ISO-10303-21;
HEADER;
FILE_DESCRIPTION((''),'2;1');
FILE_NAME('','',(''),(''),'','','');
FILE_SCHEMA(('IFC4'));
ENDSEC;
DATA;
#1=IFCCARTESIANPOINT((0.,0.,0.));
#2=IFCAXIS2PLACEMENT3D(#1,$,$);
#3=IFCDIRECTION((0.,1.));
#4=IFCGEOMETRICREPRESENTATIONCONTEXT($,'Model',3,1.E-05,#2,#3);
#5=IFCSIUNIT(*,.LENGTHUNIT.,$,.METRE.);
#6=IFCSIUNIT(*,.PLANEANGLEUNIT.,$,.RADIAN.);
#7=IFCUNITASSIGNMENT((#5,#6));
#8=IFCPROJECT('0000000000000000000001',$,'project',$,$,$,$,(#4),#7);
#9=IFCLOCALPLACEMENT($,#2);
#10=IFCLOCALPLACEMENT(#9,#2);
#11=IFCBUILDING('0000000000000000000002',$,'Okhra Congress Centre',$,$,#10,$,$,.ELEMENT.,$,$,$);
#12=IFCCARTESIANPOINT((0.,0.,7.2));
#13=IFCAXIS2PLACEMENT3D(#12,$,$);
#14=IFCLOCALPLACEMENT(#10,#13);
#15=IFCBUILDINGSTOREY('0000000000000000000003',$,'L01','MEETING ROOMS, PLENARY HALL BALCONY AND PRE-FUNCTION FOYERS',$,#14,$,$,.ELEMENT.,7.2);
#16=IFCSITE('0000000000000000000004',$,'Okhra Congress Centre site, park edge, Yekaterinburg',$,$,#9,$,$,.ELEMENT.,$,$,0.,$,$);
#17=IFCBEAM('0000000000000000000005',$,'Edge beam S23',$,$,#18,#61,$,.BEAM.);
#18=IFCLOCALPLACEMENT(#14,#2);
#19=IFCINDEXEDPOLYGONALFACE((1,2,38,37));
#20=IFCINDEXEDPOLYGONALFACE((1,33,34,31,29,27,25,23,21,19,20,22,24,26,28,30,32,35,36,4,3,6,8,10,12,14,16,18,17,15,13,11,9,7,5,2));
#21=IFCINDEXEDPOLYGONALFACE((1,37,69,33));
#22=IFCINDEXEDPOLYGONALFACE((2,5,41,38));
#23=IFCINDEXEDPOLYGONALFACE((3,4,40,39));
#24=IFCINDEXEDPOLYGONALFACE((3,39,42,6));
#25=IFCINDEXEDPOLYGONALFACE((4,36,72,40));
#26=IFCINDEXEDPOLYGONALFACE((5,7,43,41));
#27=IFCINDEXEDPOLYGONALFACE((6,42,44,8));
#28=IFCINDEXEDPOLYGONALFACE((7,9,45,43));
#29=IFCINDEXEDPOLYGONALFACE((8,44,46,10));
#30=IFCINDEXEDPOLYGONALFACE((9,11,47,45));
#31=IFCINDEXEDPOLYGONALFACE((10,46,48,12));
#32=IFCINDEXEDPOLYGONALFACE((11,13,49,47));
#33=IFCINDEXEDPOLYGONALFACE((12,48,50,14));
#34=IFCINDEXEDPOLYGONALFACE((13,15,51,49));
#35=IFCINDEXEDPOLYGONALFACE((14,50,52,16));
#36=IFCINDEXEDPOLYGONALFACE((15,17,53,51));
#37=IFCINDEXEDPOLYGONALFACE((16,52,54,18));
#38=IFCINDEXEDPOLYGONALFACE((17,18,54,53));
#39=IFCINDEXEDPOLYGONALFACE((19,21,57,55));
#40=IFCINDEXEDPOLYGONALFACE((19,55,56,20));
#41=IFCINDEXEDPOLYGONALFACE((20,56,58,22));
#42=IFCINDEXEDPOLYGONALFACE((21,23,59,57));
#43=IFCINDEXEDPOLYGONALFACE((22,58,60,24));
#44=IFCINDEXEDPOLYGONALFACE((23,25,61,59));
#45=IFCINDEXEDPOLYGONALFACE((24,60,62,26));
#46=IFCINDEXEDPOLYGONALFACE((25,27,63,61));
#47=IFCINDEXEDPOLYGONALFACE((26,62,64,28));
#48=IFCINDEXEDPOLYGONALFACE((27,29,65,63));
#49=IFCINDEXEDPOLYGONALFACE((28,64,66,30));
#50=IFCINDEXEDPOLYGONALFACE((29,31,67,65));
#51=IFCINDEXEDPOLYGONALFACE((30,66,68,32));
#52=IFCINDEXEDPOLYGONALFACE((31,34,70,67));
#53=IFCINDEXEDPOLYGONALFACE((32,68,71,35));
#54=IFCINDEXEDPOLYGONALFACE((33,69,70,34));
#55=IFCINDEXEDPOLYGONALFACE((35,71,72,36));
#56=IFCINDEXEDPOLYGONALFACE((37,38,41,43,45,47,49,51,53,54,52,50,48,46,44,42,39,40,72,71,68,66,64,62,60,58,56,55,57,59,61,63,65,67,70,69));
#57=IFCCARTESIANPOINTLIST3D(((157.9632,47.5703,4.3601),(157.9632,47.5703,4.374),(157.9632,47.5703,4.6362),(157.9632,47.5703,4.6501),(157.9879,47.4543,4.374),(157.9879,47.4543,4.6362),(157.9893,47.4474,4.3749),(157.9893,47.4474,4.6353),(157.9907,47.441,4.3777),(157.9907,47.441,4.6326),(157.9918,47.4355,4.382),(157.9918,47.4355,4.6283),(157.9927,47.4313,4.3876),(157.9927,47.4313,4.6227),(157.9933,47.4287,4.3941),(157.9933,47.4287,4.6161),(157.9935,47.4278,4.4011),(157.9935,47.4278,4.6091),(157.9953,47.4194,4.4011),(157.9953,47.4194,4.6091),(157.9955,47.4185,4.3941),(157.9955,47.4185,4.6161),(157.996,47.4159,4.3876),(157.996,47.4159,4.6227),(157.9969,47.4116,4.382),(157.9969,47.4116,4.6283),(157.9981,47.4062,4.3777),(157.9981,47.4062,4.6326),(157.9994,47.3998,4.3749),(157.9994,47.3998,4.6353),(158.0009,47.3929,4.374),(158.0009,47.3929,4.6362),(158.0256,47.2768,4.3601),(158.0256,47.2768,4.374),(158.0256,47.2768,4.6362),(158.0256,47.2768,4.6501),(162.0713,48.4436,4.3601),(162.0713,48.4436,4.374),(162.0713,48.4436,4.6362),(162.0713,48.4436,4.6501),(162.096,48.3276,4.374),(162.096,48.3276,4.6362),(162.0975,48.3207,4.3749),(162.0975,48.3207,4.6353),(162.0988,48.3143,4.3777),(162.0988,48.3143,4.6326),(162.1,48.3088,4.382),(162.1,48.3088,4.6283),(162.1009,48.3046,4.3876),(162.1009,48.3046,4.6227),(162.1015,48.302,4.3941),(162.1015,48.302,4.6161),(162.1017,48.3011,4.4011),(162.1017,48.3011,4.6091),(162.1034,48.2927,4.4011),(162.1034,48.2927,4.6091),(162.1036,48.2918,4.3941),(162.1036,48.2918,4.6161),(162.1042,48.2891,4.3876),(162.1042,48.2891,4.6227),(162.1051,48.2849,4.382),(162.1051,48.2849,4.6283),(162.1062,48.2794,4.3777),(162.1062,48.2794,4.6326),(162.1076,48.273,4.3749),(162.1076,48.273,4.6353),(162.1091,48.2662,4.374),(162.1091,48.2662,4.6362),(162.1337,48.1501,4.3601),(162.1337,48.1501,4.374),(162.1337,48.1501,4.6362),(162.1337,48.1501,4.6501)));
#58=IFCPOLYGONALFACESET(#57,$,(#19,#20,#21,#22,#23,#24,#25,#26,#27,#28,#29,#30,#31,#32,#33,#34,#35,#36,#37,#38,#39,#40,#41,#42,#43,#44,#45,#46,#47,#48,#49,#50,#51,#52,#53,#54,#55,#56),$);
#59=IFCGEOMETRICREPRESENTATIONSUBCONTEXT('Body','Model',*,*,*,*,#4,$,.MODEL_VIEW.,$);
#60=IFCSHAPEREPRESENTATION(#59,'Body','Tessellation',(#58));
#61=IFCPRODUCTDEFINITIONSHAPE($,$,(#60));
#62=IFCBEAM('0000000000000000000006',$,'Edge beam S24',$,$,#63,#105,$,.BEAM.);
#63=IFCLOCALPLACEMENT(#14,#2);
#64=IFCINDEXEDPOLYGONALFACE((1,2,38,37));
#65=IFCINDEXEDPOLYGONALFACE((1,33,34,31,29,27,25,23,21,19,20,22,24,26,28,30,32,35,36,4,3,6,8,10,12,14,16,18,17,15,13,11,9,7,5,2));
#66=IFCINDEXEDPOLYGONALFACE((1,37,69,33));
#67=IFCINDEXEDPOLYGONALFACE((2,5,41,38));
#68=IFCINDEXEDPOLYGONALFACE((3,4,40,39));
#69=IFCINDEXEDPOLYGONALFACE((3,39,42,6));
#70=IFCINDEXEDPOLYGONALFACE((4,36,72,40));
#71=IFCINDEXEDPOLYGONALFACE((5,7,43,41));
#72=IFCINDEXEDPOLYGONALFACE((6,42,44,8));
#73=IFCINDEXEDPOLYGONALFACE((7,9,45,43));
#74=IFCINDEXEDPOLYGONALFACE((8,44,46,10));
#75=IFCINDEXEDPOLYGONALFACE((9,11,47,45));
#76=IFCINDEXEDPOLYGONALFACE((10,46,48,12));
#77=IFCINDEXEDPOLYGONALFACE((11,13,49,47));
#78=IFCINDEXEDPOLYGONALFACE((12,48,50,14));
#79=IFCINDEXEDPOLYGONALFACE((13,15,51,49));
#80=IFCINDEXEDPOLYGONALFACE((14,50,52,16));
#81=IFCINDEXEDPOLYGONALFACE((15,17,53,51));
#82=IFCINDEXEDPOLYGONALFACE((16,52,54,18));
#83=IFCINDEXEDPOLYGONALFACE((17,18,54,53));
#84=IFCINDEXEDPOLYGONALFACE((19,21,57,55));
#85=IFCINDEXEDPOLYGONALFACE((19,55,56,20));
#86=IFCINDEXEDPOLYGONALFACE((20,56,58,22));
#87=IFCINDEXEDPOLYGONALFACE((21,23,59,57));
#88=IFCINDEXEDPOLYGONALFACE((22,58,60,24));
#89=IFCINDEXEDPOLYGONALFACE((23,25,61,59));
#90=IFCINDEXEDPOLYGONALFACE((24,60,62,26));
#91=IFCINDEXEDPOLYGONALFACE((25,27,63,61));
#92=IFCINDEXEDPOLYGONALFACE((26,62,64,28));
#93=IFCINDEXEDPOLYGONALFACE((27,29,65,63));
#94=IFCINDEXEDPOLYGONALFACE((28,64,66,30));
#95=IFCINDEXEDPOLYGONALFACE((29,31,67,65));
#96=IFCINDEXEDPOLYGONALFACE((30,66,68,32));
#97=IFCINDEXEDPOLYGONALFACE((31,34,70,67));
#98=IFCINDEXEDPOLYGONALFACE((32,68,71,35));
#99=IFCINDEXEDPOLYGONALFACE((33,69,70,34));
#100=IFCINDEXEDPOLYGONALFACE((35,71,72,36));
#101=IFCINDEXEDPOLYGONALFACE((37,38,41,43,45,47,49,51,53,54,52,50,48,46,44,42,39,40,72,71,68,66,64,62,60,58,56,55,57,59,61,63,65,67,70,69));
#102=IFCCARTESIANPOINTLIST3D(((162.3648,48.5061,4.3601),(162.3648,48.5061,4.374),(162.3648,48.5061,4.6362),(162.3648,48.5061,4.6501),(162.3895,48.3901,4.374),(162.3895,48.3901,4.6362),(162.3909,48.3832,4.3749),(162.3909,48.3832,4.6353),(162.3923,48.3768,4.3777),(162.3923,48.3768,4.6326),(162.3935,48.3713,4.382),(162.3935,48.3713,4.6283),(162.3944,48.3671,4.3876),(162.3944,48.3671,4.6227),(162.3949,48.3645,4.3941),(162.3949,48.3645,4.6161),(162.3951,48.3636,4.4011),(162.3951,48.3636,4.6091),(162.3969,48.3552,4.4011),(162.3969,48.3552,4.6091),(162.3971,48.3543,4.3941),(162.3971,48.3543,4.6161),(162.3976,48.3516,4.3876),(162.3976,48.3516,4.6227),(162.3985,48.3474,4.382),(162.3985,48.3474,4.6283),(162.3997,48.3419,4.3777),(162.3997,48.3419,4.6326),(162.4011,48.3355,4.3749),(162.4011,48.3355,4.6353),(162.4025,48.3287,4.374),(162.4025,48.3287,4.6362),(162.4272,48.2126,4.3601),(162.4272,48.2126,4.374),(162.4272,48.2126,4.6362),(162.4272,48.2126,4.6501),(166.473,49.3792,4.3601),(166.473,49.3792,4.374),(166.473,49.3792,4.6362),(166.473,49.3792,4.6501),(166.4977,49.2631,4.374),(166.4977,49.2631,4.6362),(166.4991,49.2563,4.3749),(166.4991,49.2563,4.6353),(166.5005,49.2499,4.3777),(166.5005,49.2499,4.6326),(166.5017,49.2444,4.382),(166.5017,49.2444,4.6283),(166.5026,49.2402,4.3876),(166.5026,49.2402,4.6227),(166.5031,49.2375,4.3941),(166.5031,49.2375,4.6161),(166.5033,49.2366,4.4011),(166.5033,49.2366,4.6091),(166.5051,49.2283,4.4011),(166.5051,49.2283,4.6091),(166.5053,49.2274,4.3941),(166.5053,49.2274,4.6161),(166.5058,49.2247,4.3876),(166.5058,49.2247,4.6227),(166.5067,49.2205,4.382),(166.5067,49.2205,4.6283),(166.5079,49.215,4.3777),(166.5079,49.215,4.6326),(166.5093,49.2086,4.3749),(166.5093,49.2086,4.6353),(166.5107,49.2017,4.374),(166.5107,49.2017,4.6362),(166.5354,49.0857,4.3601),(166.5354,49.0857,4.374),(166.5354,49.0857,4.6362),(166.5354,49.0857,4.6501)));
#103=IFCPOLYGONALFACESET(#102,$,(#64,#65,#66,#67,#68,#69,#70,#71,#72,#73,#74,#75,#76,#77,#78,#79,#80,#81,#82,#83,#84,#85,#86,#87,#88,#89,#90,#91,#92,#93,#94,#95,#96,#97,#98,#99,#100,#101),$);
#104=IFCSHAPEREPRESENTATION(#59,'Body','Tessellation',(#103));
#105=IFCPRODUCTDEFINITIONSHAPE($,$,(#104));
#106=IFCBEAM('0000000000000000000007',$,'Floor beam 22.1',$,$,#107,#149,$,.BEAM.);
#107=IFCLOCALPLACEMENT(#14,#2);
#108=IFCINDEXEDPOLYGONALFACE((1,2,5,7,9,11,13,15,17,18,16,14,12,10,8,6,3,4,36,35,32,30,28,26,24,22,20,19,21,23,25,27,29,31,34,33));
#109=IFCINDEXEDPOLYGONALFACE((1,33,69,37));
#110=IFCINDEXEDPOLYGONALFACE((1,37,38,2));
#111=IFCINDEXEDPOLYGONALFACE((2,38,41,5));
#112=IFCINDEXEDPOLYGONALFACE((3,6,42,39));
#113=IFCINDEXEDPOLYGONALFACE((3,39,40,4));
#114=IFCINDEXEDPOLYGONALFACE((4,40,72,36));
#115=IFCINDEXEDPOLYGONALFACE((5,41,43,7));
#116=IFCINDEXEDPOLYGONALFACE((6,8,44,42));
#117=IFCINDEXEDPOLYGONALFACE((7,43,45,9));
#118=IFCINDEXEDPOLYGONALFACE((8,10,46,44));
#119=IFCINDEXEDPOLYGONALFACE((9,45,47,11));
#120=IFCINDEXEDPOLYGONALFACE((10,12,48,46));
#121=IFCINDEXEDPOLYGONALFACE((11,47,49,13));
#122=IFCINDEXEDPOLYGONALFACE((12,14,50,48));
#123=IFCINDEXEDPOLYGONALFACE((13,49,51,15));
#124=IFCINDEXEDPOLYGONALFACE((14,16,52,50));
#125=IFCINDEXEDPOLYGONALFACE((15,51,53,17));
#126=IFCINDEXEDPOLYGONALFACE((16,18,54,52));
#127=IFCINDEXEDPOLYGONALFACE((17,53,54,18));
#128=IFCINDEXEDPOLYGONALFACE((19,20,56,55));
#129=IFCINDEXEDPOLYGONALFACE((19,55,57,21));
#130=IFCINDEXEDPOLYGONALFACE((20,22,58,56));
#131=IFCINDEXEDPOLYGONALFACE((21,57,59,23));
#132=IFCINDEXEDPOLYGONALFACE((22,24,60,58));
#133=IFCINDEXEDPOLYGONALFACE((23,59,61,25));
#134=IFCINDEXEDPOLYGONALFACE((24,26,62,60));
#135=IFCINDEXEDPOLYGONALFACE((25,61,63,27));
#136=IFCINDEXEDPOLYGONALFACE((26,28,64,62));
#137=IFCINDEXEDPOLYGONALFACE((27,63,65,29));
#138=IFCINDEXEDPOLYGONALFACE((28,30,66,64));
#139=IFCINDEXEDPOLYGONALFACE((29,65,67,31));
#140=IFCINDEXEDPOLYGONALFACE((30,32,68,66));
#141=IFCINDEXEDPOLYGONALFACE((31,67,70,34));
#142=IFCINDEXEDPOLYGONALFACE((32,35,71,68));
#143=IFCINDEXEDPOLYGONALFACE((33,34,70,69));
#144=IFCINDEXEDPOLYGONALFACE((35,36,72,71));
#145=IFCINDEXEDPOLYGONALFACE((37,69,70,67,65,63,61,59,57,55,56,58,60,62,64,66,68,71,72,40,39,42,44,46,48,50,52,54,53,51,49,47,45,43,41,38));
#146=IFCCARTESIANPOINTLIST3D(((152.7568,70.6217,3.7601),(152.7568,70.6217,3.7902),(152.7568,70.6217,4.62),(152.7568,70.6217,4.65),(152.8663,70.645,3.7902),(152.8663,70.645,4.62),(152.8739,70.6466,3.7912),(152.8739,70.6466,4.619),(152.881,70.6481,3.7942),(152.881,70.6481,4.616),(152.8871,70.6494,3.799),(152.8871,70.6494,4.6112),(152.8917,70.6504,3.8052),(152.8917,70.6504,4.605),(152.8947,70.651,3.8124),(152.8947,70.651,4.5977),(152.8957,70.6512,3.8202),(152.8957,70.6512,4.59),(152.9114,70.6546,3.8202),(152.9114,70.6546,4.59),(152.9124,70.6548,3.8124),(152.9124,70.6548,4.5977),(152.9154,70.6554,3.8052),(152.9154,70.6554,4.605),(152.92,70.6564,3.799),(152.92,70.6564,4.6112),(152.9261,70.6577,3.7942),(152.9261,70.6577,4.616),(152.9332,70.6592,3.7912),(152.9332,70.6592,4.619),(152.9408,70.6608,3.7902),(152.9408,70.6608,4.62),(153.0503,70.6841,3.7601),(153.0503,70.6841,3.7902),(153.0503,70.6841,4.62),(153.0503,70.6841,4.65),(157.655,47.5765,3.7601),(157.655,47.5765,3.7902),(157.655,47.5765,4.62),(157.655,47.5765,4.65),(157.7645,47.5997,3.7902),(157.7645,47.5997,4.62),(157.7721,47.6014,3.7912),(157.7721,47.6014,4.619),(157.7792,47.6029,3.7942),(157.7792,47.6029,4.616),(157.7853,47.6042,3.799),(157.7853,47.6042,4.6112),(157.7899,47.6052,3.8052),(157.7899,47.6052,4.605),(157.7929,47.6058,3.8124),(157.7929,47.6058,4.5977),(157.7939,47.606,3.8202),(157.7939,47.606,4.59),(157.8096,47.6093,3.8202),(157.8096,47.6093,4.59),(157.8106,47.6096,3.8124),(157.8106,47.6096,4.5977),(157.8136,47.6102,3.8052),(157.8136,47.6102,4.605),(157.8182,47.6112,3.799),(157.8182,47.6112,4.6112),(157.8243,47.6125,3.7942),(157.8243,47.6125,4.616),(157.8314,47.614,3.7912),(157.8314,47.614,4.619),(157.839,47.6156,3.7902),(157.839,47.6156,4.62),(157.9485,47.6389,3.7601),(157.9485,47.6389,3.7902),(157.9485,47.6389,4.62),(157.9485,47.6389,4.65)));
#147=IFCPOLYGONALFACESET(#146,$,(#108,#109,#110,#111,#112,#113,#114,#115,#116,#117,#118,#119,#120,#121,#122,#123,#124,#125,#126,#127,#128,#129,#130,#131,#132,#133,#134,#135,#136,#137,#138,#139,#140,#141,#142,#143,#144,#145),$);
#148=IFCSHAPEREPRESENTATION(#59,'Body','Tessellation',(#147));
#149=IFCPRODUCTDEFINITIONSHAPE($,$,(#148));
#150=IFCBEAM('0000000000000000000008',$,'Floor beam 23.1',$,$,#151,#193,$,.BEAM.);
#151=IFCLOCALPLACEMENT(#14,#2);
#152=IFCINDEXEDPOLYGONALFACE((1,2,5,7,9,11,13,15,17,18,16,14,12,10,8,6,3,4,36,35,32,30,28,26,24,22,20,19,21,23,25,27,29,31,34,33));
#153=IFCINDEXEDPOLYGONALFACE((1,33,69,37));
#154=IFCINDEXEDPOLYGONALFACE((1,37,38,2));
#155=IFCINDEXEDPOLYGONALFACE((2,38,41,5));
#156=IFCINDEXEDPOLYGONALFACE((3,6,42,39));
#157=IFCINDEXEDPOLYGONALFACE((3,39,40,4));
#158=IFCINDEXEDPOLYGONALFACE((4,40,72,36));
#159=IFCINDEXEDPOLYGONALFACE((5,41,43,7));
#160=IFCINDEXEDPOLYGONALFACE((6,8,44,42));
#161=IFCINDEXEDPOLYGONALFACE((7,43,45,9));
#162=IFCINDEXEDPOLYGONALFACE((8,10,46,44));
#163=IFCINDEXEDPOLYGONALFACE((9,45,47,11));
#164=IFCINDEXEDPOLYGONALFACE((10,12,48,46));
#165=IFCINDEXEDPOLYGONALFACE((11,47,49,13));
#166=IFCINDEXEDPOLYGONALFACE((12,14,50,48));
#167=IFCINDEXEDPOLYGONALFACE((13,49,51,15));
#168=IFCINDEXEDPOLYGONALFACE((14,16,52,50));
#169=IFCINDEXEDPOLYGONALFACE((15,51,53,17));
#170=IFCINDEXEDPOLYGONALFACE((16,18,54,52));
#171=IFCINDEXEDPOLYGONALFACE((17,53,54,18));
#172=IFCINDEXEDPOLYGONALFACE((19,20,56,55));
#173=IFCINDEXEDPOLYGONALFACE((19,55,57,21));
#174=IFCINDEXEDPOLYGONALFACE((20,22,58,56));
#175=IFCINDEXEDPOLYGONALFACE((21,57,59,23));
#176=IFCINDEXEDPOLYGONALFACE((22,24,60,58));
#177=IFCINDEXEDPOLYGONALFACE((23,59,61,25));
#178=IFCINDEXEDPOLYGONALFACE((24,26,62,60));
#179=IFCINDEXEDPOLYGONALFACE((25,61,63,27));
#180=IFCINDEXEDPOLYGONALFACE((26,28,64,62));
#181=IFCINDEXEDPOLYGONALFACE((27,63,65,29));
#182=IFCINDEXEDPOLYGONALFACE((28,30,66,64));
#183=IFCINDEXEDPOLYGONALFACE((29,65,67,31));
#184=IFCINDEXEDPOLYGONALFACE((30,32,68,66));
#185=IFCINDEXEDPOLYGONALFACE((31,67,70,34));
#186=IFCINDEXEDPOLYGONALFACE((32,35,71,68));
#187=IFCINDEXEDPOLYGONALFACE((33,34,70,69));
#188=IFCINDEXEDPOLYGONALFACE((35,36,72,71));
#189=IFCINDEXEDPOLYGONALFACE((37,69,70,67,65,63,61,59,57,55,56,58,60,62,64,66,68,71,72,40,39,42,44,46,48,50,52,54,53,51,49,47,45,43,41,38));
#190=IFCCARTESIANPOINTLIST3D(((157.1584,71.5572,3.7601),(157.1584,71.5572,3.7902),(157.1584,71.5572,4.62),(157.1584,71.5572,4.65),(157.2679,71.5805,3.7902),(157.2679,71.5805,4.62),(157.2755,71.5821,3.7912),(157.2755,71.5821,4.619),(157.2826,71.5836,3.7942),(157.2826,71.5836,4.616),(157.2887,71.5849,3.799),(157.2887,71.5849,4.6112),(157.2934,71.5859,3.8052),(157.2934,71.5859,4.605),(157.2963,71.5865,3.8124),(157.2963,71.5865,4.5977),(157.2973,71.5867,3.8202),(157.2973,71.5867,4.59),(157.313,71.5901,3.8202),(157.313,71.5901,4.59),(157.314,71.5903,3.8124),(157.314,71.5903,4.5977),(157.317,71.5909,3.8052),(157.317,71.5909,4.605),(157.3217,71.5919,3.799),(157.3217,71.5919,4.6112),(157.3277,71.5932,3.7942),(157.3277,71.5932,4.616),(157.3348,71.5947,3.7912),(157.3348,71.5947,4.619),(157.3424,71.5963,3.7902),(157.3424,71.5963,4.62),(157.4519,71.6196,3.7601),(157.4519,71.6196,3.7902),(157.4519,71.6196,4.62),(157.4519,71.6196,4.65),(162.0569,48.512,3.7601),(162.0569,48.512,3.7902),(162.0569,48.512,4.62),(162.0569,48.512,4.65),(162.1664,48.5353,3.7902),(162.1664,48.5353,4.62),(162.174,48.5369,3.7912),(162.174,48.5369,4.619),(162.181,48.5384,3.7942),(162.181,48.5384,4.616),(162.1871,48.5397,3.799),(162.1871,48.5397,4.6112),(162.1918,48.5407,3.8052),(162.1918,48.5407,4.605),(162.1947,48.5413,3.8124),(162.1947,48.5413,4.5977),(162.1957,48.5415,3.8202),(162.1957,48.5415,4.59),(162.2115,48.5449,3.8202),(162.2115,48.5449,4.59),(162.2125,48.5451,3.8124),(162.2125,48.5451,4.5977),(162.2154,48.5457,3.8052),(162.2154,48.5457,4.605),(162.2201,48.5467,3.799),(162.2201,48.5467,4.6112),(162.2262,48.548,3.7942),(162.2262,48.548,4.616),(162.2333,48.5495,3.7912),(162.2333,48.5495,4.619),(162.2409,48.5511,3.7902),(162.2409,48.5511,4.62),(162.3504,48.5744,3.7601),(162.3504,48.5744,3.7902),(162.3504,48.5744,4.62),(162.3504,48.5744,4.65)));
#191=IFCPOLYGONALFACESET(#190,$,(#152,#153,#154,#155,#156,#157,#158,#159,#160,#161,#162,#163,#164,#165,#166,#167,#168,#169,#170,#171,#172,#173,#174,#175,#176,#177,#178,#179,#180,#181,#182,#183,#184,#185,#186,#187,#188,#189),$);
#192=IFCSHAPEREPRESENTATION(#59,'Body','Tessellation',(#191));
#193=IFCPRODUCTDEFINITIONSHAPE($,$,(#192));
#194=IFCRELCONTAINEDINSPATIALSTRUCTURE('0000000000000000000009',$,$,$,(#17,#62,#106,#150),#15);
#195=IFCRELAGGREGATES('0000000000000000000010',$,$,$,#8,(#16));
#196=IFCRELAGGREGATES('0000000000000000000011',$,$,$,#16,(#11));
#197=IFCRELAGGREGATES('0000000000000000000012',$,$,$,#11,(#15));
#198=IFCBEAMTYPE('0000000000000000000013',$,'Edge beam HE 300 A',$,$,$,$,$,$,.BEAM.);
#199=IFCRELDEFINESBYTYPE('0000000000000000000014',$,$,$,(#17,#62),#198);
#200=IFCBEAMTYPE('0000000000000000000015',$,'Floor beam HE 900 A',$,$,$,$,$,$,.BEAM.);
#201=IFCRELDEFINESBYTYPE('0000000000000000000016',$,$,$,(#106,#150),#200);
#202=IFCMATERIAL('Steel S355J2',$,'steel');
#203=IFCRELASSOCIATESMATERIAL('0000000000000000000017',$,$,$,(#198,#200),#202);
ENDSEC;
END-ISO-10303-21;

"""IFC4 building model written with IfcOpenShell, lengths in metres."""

from ifc_helpers import new_model, si_unit, direction, frame, origin, origin_2d, place, context, subcontext, project, spatial, i_section, extrude, material, material_profile, profile_set, type_object, element, save


model = new_model("IFC4")

# Units and contexts
model_context = context("Model", 3, precision=1e-05, world=origin(), true_north=direction((0.0, 1.0)))
body_context = subcontext(model_context, "Body", "Model", "MODEL_VIEW")
ifc_project = project(units=[si_unit("LENGTHUNIT", "METRE"), si_unit("PLANEANGLEUNIT", "RADIAN")], contexts=[model_context])

# Site, building, storey
site_placement = place(None, origin())
site = spatial("IfcSite", under=ifc_project, at=site_placement, Name="Okhra Congress Centre site, park edge, Yekaterinburg", CompositionType="ELEMENT", RefElevation=0.0)
building_placement = place(site_placement, origin())
building = spatial("IfcBuilding", under=site, at=building_placement, Name="Okhra Congress Centre", CompositionType="ELEMENT")
storey_placement = place(building_placement, frame((0.0, 0.0, 7.2)))
storey = spatial("IfcBuildingStorey", under=building, at=storey_placement, Name="L01", Description="MEETING ROOMS, PLENARY HALL BALCONY AND PRE-FUNCTION FOYERS", CompositionType="ELEMENT", Elevation=7.2)

# Shared definitions
ifc_material_1 = material(Name="Steel S355J2", Category="steel")

# Beams
ifc_material_profile_1 = material_profile(ifc_material_1, i_section(OverallWidth=0.3, OverallDepth=0.29, WebThickness=0.0085, FlangeThickness=0.0139, FilletRadius=0.0271, at=origin_2d()), Name="HE 300 A")
ifc_profile_set_1 = profile_set([ifc_material_profile_1], Name="Steel S355J2")
beam_type_1 = type_object("IfcBeamType", Name="Edge beam HE 300 A", PredefinedType="BEAM", material=ifc_profile_set_1)
for number, where, z_axis, x_axis, name in (
    (1, (157.9944, 47.4236, 4.5051), (0.978144, 0.207929, 0.0), (-0.207929, 0.978144, 0.0), "Edge beam S23"),
    (2, (162.396, 48.3594, 4.5051), (0.978156, 0.207873, 0.0), (-0.207873, 0.978156, 0.0), "Edge beam S24"),
):
    element("IfcBeam", number, at=place(storey_placement, frame(where, z_axis=z_axis, x_axis=x_axis)), inside=storey, type_object=beam_type_1, Name=name, PredefinedType="BEAM", context=body_context, shape_type="SweptSolid", body=[
        extrude(i_section(OverallWidth=0.3, OverallDepth=0.29, WebThickness=0.0085, FlangeThickness=0.0139, FilletRadius=0.0271, at=origin_2d()), origin(), (0.0, 0.0, 1.0), 4.2),
    ])
ifc_material_profile_2 = material_profile(ifc_material_1, i_section(OverallWidth=0.3, OverallDepth=0.8899, WebThickness=0.0161, FlangeThickness=0.03, FilletRadius=0.03, at=origin_2d()), Name="HE 900 A")
ifc_profile_set_2 = profile_set([ifc_material_profile_2], Name="Steel S355J2")
beam_type_2 = type_object("IfcBeamType", Name="Floor beam HE 900 A", PredefinedType="BEAM", material=ifc_profile_set_2)
for number, where, z_axis, x_axis, name in (
    (3, (157.8018, 47.6077, 4.2051), (-0.207903, 0.978149, 0.0), (-0.978149, -0.207903, 0.0), "Floor beam 22.1"),
    (4, (162.2036, 48.5432, 4.2051), (-0.207913, 0.978147, 0.0), (-0.978147, -0.207913, 0.0), "Floor beam 23.1"),
):
    element("IfcBeam", number, at=place(storey_placement, frame(where, z_axis=z_axis, x_axis=x_axis)), inside=storey, type_object=beam_type_2, Name=name, PredefinedType="BEAM", context=body_context, shape_type="SweptSolid", body=[
        extrude(i_section(OverallWidth=0.3, OverallDepth=0.8899, WebThickness=0.0161, FlangeThickness=0.03, FilletRadius=0.03, at=origin_2d()), origin(), (0.0, 0.0, 1.0), 23.5601),
    ])

save(model, "model.ifc")
